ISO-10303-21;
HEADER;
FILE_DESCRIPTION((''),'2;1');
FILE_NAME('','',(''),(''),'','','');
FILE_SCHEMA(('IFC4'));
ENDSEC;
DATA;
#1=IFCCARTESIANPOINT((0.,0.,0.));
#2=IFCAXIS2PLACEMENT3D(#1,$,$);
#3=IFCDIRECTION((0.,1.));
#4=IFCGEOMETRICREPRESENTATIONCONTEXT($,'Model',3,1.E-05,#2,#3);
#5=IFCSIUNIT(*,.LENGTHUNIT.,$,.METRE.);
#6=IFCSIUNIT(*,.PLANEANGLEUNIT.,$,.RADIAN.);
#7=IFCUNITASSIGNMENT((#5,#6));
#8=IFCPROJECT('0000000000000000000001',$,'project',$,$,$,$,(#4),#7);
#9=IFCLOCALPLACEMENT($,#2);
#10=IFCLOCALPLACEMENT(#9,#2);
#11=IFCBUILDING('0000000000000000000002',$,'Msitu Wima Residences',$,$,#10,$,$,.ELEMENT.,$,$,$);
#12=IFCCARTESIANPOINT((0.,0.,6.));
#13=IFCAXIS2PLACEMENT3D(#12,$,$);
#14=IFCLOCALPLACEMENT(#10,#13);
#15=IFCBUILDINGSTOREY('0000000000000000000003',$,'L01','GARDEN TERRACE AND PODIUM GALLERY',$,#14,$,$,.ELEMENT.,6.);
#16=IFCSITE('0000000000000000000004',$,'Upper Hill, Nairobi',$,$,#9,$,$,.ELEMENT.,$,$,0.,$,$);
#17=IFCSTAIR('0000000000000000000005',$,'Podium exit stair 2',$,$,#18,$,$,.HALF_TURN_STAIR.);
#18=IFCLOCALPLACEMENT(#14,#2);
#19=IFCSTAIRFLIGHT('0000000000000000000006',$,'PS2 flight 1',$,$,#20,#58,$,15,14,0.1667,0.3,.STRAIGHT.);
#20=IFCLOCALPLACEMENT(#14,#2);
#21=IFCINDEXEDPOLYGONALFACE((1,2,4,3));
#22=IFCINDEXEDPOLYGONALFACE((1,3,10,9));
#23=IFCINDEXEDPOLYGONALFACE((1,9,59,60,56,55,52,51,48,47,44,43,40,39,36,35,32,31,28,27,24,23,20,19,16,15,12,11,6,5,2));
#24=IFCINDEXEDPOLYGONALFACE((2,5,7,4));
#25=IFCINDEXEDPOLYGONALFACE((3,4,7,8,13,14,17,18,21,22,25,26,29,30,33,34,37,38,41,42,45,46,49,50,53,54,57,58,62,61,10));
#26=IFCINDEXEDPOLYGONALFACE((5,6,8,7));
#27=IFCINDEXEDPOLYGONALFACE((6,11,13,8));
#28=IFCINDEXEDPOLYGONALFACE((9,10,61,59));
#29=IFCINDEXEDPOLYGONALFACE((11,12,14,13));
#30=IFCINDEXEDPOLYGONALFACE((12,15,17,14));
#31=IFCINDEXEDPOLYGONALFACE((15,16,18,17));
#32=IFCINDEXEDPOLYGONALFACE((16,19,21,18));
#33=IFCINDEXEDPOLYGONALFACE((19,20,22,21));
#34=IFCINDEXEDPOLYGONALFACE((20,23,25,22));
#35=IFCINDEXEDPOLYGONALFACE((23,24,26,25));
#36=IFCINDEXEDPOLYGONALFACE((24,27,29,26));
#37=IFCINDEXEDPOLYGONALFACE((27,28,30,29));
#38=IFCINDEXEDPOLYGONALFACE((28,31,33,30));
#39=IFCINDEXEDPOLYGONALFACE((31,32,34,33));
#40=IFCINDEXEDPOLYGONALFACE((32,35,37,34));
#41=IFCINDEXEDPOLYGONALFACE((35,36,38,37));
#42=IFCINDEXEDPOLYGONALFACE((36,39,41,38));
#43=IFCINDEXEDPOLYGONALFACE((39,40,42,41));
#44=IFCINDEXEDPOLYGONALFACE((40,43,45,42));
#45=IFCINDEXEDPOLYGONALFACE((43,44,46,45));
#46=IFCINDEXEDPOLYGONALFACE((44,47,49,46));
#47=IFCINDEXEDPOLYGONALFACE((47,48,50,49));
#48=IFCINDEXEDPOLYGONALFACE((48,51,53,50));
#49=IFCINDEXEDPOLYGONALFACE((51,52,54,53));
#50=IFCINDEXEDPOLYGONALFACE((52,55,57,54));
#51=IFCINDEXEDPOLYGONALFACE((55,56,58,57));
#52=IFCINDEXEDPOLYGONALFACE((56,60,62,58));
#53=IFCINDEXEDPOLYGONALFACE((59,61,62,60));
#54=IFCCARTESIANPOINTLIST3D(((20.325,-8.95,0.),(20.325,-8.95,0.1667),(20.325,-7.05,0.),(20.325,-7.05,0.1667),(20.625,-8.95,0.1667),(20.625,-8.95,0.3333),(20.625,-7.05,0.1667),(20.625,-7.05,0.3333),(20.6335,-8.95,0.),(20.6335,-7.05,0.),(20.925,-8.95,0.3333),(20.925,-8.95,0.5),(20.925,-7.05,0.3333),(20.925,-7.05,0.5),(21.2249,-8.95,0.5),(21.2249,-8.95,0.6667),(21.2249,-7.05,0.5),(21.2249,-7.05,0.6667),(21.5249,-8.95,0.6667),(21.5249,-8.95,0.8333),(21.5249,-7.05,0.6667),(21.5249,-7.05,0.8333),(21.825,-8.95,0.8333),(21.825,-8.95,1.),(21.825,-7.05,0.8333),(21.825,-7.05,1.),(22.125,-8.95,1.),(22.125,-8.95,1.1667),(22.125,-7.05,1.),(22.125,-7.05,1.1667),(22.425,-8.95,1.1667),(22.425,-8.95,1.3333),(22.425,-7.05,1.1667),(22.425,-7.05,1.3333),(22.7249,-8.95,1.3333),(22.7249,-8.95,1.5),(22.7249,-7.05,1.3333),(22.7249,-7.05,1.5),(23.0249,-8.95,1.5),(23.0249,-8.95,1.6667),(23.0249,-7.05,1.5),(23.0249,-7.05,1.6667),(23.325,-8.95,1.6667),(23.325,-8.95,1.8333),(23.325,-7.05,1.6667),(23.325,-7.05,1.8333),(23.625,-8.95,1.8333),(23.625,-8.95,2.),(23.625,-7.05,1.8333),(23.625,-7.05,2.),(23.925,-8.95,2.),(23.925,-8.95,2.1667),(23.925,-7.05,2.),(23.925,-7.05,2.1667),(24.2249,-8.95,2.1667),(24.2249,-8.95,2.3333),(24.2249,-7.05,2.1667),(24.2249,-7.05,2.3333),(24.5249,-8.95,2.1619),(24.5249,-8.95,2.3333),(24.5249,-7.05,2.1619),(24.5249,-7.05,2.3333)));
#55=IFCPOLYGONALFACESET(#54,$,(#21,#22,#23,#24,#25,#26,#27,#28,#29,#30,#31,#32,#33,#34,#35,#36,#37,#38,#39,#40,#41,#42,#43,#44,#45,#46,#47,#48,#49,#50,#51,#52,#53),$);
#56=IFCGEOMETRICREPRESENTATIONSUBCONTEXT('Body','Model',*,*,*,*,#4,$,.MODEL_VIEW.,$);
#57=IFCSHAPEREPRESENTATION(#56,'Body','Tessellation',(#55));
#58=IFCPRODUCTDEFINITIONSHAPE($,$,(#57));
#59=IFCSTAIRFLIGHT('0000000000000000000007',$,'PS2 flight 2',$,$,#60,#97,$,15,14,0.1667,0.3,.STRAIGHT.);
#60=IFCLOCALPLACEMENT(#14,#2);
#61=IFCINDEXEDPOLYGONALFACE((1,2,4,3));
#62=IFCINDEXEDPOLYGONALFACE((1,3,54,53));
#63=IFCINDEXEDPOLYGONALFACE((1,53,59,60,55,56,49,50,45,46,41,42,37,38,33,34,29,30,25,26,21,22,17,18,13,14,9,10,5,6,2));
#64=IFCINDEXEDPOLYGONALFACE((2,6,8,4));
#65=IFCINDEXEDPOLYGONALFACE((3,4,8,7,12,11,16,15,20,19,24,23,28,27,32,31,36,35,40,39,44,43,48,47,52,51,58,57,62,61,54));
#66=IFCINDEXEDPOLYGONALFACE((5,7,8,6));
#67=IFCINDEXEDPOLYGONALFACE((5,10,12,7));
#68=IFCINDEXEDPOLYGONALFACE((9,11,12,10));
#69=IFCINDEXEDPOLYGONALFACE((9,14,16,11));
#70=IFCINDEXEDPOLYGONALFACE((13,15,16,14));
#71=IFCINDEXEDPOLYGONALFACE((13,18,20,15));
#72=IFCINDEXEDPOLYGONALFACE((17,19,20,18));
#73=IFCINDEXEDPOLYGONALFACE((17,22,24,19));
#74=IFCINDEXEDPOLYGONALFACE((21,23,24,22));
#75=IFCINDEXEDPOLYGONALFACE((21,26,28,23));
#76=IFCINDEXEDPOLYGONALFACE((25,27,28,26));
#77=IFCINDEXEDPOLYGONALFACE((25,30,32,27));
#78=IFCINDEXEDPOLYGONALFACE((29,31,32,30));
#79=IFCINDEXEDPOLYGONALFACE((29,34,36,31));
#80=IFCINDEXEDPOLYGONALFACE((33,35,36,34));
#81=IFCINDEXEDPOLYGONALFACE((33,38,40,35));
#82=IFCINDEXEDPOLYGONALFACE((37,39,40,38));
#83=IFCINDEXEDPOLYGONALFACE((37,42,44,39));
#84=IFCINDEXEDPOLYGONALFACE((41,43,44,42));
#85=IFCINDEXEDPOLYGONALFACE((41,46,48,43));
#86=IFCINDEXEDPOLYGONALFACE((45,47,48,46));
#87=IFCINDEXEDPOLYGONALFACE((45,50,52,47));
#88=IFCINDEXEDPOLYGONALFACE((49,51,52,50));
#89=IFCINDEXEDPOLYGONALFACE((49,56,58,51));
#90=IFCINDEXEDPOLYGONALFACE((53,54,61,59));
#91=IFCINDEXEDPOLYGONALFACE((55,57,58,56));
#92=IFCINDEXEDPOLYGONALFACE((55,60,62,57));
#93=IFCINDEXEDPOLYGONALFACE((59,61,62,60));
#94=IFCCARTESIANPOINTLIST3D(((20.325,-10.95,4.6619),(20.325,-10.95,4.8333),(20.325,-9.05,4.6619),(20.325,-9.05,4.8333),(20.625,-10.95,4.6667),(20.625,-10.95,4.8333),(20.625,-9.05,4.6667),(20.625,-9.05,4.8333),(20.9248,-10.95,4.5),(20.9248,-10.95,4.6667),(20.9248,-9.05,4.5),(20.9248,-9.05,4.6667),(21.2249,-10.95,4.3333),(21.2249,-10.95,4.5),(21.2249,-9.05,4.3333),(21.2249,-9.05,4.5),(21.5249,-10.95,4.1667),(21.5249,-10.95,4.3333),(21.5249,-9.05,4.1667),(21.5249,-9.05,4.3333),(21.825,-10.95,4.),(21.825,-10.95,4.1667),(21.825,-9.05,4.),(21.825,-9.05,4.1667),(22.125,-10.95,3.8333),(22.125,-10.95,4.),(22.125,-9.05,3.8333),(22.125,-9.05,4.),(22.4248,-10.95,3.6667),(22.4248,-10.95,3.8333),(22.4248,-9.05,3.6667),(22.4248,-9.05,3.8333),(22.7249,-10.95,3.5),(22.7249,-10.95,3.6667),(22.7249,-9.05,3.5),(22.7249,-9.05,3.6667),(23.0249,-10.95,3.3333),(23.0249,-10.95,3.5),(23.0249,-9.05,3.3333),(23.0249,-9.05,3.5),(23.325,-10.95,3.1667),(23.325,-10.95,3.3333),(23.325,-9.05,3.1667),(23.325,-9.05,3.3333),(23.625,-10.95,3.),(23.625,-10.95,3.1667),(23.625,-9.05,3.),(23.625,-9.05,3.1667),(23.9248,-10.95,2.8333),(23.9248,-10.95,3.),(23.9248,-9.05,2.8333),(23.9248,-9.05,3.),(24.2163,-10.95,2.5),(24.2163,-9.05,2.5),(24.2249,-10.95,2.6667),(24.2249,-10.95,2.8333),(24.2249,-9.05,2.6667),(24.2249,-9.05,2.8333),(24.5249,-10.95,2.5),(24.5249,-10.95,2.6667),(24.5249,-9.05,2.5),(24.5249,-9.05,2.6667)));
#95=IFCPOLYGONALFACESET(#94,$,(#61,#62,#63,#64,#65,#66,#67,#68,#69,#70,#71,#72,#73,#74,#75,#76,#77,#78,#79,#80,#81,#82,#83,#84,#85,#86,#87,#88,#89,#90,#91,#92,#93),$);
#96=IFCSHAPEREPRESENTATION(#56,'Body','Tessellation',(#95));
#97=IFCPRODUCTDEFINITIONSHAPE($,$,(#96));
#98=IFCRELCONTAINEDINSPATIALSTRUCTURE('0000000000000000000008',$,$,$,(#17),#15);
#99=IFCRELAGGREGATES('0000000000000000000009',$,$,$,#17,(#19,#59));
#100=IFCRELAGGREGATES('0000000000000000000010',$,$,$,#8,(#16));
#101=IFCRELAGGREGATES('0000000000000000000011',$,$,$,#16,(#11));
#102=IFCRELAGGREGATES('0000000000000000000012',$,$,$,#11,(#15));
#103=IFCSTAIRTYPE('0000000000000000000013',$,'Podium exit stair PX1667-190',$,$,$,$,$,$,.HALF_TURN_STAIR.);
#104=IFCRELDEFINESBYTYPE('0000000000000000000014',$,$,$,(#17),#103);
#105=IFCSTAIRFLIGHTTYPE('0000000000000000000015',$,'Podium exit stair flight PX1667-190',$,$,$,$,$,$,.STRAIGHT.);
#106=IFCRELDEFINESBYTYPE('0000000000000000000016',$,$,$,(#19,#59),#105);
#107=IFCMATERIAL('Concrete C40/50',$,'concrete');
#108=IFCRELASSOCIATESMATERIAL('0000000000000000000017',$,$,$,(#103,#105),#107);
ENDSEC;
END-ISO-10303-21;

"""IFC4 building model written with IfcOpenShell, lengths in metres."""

from ifc_helpers import new_model, si_unit, direction, frame, origin, place, context, subcontext, project, spatial, polyline, outline, extrude, material, type_object, element, aggregate, save


model = new_model("IFC4")

# Units and contexts
model_context = context("Model", 3, precision=1e-05, world=origin(), true_north=direction((0.0, 1.0)))
body_context = subcontext(model_context, "Body", "Model", "MODEL_VIEW")
ifc_project = project(units=[si_unit("LENGTHUNIT", "METRE"), si_unit("PLANEANGLEUNIT", "RADIAN")], contexts=[model_context])

# Site, building, storey
site_placement = place(None, origin())
site = spatial("IfcSite", under=ifc_project, at=site_placement, Name="Upper Hill, Nairobi", CompositionType="ELEMENT", RefElevation=0.0)
building_placement = place(site_placement, origin())
building = spatial("IfcBuilding", under=site, at=building_placement, Name="Msitu Wima Residences", CompositionType="ELEMENT")
storey_placement = place(building_placement, frame((0.0, 0.0, 6.0)))
storey = spatial("IfcBuildingStorey", under=building, at=storey_placement, Name="L01", Description="GARDEN TERRACE AND PODIUM GALLERY", CompositionType="ELEMENT", Elevation=6.0)

# Shared definitions
ifc_material_1 = material(Name="Concrete C40/50", Category="concrete")

# Stair, stair flights
stair_type = type_object("IfcStairType", Name="Podium exit stair PX1667-190", PredefinedType="HALF_TURN_STAIR", material=ifc_material_1)
stair_placement = place(storey_placement, origin())
stair = element("IfcStair", 1, at=stair_placement, inside=storey, type_object=stair_type, Name="Podium exit stair 2", PredefinedType="HALF_TURN_STAIR")
stair_flight_type = type_object("IfcStairFlightType", Name="Podium exit stair flight PX1667-190", PredefinedType="STRAIGHT", material=ifc_material_1)
stair_flight_1_placement = place(storey_placement, frame((20.325, -8.0, 0.0), z_axis=(0.0, 0.0, 1.0), x_axis=(1.0, 0.0, 0.0)))
stair_flight_1 = element("IfcStairFlight", 2, at=stair_flight_1_placement, type_object=stair_flight_type, Name="PS2 flight 1", NumberOfRisers=15, NumberOfTreads=14, PredefinedType="STRAIGHT", RiserHeight=0.1667, TreadLength=0.3, context=body_context, shape_type="SweptSolid", body=[
    extrude(outline(polyline([(0.0, 0.0), (0.0, 0.1667), (0.3, 0.1667), (0.3, 0.3333), (0.6001, 0.3333), (0.6001, 0.5), (0.8999, 0.5), (0.8999, 0.6667), (1.2, 0.6667), (1.2, 0.8333), (1.5, 0.8333), (1.5, 1.0), (1.8, 1.0), (1.8, 1.1667), (2.1001, 1.1667), (2.1001, 1.3333), (2.3999, 1.3333), (2.3999, 1.5), (2.7, 1.5), (2.7, 1.6667), (3.0, 1.6667), (3.0, 1.8333), (3.3, 1.8333), (3.3, 2.0), (3.6001, 2.0), (3.6001, 2.1667), (3.8999, 2.1667), (3.8999, 2.3333), (4.2, 2.3333), (4.2, 2.5), (4.2, 2.1619), (0.3086, 0.0), (0.0, 0.0)])), frame((0.0, 0.95, 0.0), z_axis=(0.0, -1.0, 0.0), x_axis=(1.0, 0.0, 0.0)), (0.0, 0.0, 1.0), 1.8999),
])
stair_flight_2_placement = place(storey_placement, frame((24.5249, -10.0, 2.5), z_axis=(0.0, 0.0, 1.0), x_axis=(-1.0, 0.0, 0.0)))
stair_flight_2 = element("IfcStairFlight", 3, at=stair_flight_2_placement, type_object=stair_flight_type, Name="PS2 flight 2", NumberOfRisers=15, NumberOfTreads=14, PredefinedType="STRAIGHT", RiserHeight=0.1667, TreadLength=0.3, context=body_context, shape_type="SweptSolid", body=[
    extrude(outline(polyline([(0.0, 0.0), (0.0, 0.1667), (0.3, 0.1667), (0.3, 0.3333), (0.6001, 0.3333), (0.6001, 0.5), (0.8999, 0.5), (0.8999, 0.6667), (1.2, 0.6667), (1.2, 0.8333), (1.5, 0.8333), (1.5, 1.0), (1.8, 1.0), (1.8, 1.1667), (2.1001, 1.1667), (2.1001, 1.3333), (2.3999, 1.3333), (2.3999, 1.5), (2.7, 1.5), (2.7, 1.6667), (3.0, 1.6667), (3.0, 1.8333), (3.3, 1.8333), (3.3, 2.0), (3.6001, 2.0), (3.6001, 2.1667), (3.8999, 2.1667), (3.8999, 2.3333), (4.2, 2.3333), (4.2, 2.5), (4.2, 2.1619), (0.3086, 0.0), (0.0, 0.0)])), frame((0.0, 0.95, 0.0), z_axis=(0.0, -1.0, 0.0), x_axis=(1.0, 0.0, 0.0)), (0.0, 0.0, 1.0), 1.8999),
])
aggregate(stair, [stair_flight_1, stair_flight_2])

save(model, "model.ifc")
